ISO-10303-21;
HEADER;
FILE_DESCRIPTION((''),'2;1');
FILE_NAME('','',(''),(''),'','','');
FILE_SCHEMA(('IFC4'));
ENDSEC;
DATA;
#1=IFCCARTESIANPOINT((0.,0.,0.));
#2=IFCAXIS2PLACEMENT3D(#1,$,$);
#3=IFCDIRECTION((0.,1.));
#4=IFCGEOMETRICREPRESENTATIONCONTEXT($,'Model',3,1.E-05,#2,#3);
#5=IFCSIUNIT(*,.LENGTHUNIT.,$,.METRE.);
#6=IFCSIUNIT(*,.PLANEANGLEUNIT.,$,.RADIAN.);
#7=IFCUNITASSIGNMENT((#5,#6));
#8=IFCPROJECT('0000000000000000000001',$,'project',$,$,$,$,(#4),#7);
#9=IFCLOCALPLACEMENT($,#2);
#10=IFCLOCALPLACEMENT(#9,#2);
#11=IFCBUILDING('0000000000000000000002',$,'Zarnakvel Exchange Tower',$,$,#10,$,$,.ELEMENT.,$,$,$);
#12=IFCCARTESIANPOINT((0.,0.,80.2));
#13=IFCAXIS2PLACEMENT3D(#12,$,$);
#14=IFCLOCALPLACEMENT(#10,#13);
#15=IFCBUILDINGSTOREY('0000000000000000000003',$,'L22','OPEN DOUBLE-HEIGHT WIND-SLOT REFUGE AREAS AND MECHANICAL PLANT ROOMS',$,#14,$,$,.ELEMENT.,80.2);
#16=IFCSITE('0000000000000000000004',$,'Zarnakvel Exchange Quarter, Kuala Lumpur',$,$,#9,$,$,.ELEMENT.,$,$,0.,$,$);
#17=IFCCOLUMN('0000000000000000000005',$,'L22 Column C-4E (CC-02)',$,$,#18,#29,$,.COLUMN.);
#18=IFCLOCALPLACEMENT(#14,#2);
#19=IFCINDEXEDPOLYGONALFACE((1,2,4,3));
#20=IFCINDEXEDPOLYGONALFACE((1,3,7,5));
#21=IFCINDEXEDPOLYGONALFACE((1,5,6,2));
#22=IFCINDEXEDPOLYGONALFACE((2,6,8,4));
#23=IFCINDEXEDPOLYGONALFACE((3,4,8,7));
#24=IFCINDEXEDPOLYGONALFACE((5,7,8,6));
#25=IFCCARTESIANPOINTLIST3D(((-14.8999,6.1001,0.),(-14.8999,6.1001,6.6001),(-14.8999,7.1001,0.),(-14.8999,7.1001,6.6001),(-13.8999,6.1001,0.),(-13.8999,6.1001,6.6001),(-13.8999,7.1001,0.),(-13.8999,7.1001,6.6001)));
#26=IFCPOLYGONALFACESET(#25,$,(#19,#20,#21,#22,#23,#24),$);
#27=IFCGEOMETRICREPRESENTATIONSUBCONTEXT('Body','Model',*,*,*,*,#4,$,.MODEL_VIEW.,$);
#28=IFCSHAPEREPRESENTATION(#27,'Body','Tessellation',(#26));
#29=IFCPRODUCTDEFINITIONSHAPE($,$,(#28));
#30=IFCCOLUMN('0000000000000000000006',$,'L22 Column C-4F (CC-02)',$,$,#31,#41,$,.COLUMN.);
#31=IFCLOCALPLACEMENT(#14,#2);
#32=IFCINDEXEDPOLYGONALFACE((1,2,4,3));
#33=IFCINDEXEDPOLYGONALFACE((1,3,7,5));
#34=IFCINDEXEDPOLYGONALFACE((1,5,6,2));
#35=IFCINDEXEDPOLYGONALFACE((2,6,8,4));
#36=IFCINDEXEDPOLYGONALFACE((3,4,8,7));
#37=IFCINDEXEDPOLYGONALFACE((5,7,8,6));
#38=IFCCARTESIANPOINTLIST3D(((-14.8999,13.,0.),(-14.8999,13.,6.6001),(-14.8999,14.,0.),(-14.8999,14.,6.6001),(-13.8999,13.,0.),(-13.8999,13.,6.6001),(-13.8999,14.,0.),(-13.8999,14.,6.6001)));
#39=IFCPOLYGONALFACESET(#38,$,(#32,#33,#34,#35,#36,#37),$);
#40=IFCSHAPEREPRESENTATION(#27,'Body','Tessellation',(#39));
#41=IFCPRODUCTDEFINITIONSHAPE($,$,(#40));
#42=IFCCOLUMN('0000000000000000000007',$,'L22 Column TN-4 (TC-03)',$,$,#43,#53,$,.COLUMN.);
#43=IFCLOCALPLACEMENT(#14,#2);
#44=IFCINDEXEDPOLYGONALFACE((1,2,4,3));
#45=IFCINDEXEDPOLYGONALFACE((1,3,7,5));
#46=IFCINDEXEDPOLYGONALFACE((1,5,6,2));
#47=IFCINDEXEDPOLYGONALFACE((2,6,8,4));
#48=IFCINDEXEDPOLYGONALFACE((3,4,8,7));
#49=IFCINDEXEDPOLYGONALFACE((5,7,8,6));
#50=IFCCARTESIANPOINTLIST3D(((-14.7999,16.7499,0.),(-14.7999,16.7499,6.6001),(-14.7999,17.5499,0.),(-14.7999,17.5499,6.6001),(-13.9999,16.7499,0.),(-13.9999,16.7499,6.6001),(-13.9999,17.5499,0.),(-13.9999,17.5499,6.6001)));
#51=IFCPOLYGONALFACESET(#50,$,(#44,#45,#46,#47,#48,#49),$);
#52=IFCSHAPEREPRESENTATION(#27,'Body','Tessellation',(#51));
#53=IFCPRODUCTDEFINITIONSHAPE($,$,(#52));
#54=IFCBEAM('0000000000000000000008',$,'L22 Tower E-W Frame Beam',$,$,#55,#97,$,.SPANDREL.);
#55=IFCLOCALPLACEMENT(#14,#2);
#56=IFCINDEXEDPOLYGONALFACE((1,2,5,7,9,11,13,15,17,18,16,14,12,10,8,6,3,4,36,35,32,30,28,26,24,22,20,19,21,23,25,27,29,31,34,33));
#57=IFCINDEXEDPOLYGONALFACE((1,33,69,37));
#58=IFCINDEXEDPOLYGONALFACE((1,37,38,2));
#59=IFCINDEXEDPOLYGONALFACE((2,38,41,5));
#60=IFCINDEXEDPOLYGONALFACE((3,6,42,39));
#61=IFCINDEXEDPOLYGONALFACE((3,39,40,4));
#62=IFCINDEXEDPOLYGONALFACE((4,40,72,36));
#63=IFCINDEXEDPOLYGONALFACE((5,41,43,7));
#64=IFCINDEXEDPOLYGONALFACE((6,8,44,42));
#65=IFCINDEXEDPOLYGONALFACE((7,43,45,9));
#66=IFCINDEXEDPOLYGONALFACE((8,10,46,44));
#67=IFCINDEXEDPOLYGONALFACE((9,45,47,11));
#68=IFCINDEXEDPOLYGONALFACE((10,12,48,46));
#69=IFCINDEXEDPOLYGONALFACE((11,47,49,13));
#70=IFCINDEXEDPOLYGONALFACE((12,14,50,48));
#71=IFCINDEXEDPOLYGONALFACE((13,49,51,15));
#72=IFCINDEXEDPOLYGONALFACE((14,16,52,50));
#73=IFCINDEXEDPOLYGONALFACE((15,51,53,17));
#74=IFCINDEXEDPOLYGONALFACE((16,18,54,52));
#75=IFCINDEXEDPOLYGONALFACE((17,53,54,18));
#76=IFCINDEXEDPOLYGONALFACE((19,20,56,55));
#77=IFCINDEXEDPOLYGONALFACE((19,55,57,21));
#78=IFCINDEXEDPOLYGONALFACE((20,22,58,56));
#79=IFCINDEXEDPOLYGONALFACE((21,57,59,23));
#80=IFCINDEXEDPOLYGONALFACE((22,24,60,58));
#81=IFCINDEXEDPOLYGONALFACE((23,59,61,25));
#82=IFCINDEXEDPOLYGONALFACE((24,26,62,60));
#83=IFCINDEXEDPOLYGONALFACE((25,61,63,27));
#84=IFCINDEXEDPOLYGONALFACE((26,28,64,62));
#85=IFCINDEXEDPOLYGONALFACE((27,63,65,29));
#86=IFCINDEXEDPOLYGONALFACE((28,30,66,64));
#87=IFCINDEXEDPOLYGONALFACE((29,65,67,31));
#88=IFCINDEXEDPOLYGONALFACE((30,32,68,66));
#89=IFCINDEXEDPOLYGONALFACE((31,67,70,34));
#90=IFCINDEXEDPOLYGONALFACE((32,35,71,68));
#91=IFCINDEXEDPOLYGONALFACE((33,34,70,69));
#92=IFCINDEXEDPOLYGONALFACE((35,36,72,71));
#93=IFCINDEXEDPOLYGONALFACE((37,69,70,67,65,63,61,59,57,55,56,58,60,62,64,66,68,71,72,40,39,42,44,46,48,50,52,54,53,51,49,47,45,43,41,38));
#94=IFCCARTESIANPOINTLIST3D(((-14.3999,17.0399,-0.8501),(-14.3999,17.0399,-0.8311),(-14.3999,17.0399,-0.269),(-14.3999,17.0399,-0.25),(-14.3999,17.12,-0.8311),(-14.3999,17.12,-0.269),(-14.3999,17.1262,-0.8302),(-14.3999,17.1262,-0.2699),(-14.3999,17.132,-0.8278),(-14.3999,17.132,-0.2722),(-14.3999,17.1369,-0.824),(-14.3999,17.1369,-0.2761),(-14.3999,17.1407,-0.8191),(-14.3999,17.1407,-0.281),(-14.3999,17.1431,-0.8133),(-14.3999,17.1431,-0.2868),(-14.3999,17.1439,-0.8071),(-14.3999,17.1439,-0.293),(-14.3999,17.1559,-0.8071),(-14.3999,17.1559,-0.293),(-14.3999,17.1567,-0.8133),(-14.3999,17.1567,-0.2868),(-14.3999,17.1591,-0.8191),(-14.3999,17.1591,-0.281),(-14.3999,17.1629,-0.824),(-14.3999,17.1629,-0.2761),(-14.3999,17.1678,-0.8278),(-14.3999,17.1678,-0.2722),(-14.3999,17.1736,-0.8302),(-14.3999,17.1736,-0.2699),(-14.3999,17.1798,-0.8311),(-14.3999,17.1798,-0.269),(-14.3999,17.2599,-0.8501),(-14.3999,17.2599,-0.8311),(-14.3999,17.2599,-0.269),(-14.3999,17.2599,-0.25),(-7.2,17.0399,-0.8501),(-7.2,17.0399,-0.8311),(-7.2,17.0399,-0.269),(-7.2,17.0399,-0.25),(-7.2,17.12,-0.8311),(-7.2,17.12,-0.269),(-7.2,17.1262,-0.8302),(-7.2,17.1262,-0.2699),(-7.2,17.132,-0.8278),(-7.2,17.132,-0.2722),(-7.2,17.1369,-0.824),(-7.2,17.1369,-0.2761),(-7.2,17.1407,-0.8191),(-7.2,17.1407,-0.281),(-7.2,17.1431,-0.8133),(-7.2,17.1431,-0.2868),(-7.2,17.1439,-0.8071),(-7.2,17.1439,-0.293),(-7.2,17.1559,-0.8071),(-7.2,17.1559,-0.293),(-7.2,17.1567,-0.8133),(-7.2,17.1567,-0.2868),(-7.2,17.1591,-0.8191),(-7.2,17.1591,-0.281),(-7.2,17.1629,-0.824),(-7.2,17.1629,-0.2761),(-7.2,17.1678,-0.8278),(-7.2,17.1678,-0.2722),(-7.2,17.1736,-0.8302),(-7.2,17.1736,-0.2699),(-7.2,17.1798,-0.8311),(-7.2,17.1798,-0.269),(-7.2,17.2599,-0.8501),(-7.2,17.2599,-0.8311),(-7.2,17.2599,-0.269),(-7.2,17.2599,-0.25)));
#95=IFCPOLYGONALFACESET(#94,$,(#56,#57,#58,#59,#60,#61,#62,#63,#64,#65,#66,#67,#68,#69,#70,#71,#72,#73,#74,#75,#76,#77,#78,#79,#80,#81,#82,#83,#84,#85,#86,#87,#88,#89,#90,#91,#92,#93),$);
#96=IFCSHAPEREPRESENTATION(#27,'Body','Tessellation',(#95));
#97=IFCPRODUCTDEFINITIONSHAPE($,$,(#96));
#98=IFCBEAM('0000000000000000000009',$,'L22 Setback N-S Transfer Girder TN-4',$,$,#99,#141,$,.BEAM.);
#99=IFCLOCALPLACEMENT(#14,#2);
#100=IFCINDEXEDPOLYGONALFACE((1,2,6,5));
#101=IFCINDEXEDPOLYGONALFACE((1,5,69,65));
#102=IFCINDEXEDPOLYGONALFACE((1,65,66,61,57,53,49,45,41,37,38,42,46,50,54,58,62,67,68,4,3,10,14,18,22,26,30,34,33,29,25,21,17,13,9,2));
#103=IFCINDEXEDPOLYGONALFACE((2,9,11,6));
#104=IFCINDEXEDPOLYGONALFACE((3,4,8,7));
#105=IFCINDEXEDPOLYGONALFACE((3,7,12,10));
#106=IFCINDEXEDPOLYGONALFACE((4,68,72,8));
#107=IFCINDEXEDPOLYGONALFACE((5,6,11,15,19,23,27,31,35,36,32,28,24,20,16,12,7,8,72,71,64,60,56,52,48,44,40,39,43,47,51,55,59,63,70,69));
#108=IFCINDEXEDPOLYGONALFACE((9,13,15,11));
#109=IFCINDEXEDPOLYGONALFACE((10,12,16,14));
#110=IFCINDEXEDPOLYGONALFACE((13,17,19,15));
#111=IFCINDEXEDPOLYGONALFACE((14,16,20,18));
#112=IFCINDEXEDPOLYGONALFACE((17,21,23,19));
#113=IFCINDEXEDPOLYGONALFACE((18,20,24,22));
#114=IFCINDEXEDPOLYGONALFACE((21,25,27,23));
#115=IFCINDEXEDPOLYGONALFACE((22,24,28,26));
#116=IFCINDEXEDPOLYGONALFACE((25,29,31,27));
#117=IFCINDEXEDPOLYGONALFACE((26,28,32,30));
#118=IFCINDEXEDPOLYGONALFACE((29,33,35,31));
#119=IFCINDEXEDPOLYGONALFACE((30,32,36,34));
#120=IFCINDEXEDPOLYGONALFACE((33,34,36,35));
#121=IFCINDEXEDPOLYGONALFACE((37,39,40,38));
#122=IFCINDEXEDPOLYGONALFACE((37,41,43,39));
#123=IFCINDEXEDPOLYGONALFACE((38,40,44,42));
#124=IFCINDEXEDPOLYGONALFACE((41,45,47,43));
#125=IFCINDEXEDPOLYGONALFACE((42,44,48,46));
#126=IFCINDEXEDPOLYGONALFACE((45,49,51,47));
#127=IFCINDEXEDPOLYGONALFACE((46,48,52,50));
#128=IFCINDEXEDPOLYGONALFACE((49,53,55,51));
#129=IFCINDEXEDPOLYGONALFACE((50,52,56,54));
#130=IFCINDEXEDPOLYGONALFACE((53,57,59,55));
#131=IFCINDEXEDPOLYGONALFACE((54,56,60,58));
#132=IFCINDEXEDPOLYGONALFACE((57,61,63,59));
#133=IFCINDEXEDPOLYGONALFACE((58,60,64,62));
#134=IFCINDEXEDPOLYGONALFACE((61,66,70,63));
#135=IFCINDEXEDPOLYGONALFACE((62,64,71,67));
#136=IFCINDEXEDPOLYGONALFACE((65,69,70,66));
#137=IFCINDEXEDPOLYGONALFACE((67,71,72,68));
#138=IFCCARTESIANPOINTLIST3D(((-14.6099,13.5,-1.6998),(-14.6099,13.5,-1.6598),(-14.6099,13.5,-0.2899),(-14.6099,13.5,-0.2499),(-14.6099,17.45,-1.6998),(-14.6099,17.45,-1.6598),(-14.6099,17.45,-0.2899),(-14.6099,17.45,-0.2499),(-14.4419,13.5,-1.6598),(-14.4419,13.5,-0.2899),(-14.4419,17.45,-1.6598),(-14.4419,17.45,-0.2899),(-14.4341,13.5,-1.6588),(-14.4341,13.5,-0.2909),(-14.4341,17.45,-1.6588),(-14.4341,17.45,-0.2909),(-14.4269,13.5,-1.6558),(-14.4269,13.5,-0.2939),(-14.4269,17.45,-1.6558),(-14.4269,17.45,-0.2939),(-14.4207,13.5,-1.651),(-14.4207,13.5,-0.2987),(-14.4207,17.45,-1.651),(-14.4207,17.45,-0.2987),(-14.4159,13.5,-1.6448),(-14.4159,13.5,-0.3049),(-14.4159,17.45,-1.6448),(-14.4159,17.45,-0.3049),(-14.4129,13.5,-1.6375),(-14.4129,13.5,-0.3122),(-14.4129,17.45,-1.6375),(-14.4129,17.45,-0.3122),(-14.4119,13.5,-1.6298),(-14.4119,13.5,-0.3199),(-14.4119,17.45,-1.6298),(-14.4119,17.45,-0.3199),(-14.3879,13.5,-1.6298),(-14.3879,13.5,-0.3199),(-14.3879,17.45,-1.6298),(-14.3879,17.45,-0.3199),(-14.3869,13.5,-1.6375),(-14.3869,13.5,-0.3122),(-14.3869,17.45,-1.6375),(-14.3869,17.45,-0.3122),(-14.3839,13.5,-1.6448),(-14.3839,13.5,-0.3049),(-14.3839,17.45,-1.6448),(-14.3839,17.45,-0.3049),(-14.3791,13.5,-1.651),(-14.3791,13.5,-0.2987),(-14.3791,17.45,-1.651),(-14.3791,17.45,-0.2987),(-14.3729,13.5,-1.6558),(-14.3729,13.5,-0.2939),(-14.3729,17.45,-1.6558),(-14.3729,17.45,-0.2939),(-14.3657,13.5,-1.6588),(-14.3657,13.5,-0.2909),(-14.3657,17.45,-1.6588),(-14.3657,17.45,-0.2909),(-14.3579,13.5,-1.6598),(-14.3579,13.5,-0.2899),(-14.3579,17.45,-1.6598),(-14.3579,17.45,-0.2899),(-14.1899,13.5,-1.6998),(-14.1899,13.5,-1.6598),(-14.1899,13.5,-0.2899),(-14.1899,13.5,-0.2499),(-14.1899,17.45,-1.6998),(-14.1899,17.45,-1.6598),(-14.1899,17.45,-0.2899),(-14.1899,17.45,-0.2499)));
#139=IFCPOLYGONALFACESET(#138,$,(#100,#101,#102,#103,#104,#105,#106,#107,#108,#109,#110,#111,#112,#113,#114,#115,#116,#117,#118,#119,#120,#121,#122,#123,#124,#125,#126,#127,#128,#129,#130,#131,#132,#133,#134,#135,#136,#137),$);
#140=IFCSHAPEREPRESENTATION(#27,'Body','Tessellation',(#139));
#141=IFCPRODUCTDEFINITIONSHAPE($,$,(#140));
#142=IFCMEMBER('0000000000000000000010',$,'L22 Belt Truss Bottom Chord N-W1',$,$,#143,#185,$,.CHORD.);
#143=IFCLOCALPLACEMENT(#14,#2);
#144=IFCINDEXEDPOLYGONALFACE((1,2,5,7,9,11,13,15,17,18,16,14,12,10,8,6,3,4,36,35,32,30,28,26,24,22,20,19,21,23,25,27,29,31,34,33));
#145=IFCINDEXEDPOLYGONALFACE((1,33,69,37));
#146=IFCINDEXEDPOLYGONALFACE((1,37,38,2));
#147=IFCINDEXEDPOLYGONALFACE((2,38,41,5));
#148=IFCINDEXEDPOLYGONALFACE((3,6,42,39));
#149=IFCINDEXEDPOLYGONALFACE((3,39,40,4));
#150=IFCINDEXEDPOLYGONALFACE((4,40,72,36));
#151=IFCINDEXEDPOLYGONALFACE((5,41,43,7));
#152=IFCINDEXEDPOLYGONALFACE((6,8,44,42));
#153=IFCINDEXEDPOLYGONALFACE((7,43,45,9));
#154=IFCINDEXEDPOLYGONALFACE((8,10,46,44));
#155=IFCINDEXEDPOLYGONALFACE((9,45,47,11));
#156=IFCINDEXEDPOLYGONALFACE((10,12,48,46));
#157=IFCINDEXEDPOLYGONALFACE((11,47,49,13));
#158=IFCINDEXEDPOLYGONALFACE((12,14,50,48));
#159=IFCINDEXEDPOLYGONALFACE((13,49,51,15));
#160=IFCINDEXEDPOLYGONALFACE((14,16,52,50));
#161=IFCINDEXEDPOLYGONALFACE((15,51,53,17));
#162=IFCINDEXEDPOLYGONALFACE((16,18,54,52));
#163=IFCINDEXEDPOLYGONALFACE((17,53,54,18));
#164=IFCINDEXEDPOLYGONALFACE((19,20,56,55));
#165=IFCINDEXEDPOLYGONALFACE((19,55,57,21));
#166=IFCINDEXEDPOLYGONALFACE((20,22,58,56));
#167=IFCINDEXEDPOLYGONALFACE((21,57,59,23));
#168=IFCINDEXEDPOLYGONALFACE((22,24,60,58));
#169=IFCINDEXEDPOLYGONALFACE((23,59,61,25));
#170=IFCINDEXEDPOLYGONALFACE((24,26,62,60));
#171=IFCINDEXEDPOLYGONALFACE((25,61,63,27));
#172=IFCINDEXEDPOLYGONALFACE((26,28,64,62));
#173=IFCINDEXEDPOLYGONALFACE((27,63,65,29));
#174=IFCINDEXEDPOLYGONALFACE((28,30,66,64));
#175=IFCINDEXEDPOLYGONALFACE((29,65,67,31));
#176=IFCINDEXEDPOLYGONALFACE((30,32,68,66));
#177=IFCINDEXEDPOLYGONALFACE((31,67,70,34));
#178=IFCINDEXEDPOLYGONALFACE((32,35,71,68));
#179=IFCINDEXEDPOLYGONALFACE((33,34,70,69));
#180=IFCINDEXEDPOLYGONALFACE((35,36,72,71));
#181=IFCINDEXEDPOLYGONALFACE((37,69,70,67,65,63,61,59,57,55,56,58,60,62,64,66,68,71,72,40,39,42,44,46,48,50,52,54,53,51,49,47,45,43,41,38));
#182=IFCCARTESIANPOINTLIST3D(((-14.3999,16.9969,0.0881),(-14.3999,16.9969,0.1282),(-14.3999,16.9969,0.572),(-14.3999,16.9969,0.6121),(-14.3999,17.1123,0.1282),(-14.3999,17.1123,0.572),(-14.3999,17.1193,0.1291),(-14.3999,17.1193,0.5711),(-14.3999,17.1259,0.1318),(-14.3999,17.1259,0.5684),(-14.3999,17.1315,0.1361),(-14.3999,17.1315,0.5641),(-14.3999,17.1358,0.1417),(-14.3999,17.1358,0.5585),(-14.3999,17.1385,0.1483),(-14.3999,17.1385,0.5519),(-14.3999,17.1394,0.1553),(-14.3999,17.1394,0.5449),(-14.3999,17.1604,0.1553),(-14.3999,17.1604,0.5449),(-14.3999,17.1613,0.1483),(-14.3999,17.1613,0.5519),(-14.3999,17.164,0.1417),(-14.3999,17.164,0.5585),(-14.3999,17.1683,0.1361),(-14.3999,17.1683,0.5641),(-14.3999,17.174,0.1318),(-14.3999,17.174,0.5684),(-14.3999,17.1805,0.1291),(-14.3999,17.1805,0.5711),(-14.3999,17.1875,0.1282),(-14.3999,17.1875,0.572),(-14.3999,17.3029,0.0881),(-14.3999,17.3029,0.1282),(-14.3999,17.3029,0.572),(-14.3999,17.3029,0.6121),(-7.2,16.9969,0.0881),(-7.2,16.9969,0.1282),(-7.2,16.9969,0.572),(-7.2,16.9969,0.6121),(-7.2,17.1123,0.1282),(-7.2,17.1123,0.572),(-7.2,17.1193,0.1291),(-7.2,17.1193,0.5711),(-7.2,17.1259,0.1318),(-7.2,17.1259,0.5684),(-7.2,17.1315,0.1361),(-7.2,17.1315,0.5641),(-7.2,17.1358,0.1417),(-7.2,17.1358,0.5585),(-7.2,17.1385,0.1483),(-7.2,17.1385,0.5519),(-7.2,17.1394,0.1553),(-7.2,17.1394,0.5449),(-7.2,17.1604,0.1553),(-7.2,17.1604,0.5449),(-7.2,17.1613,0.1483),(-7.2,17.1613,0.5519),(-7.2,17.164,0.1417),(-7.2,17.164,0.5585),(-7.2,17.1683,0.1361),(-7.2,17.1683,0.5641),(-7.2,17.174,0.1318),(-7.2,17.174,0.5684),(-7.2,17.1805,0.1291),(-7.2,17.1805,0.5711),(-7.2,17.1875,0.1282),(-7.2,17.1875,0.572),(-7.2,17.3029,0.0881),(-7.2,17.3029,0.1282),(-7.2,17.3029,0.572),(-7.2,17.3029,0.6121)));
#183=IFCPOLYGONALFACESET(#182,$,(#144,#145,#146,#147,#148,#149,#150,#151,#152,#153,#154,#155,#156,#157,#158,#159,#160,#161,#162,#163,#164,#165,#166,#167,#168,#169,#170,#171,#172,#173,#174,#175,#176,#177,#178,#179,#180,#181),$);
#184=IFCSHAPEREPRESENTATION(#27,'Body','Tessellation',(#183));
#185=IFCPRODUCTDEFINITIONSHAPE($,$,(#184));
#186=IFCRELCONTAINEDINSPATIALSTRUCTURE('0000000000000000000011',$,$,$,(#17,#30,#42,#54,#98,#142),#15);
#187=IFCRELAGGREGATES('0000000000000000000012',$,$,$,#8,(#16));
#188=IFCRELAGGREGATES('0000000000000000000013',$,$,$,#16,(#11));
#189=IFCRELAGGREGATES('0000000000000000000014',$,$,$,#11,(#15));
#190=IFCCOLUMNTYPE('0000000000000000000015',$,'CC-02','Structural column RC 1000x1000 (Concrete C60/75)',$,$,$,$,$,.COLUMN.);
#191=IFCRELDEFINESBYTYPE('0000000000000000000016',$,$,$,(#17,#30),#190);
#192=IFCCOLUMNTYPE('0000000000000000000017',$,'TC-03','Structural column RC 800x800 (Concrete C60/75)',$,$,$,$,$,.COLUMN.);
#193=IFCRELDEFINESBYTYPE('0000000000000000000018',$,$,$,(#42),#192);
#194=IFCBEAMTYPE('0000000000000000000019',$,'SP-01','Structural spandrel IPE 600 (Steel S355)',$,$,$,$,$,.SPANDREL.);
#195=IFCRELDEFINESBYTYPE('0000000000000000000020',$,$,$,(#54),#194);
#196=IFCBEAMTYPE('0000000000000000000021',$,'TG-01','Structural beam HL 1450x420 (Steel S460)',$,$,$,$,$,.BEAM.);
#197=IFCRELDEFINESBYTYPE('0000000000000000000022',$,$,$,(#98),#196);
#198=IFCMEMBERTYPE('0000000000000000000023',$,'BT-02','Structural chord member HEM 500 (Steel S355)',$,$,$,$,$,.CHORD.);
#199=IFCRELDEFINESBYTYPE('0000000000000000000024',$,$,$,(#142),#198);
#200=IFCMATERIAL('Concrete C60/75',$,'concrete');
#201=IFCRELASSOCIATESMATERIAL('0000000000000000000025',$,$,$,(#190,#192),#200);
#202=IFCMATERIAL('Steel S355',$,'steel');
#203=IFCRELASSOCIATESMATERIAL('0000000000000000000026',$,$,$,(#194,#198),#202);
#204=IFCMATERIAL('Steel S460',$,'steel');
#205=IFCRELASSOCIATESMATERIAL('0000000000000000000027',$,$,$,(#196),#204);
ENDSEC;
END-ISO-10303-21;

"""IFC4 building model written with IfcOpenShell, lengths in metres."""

from ifc_helpers import new_model, si_unit, direction, frame, origin, origin_2d, place, context, subcontext, project, spatial, rectangle, i_section, extrude, source, transform, mapped, material, material_profile, profile_set, type_object, element, save


model = new_model("IFC4")

# Units and contexts
model_context = context("Model", 3, precision=1e-05, world=origin(), true_north=direction((0.0, 1.0)))
body_context = subcontext(model_context, "Body", "Model", "MODEL_VIEW")
ifc_project = project(units=[si_unit("LENGTHUNIT", "METRE"), si_unit("PLANEANGLEUNIT", "RADIAN")], contexts=[model_context])

# Site, building, storey
site_placement = place(None, origin())
site = spatial("IfcSite", under=ifc_project, at=site_placement, Name="Zarnakvel Exchange Quarter, Kuala Lumpur", CompositionType="ELEMENT", RefElevation=0.0)
building_placement = place(site_placement, origin())
building = spatial("IfcBuilding", under=site, at=building_placement, Name="Zarnakvel Exchange Tower", CompositionType="ELEMENT")
storey_placement = place(building_placement, frame((0.0, 0.0, 80.2)))
storey = spatial("IfcBuildingStorey", under=building, at=storey_placement, Name="L22", Description="OPEN DOUBLE-HEIGHT WIND-SLOT REFUGE AREAS AND MECHANICAL PLANT ROOMS", CompositionType="ELEMENT", Elevation=80.2)

# Columns
ifc_material_1 = material(Name="Concrete C60/75", Category="concrete")
ifc_material_profile_1 = material_profile(ifc_material_1, rectangle(XDim=1.0, YDim=1.0, at=origin_2d()))
ifc_profile_set_1 = profile_set([ifc_material_profile_1], Name="Concrete C60/75")
column_type_1 = type_object("IfcColumnType", Name="CC-02", Description="Structural column RC 1000x1000 (Concrete C60/75)", PredefinedType="COLUMN", material=ifc_profile_set_1)
for number, where, z_axis, x_axis, name in (
    (1, (-14.3999, 6.6001, 0.0), (0.0, 0.0, 1.0), (1.0, 0.0, 0.0), "L22 Column C-4E (CC-02)"),
    (2, (-14.3999, 13.5, 0.0), (0.0, 0.0, 1.0), (1.0, 0.0, 0.0), "L22 Column C-4F (CC-02)"),
):
    element("IfcColumn", number, at=place(storey_placement, frame(where, z_axis=z_axis, x_axis=x_axis)), inside=storey, type_object=column_type_1, Name=name, PredefinedType="COLUMN", context=body_context, shape_type="SweptSolid", body=[
        extrude(rectangle(XDim=1.0, YDim=1.0, at=origin_2d()), origin(), (0.0, 0.0, 1.0), 6.6001),
    ])
ifc_material_profile_2 = material_profile(ifc_material_1, rectangle(XDim=0.8, YDim=0.8, at=origin_2d()))
ifc_profile_set_2 = profile_set([ifc_material_profile_2], Name="Concrete C60/75")
column_type_2 = type_object("IfcColumnType", Name="TC-03", Description="Structural column RC 800x800 (Concrete C60/75)", PredefinedType="COLUMN", material=ifc_profile_set_2)
column_placement = place(storey_placement, frame((-14.3999, 17.1499, 0.0), z_axis=(0.0, 0.0, 1.0), x_axis=(1.0, 0.0, 0.0)))
element("IfcColumn", 3, at=column_placement, inside=storey, type_object=column_type_2, Name="L22 Column TN-4 (TC-03)", PredefinedType="COLUMN", context=body_context, shape_type="SweptSolid", body=[
    extrude(rectangle(XDim=0.8, YDim=0.8, at=origin_2d()), origin(), (0.0, 0.0, 1.0), 6.6001),
])

# Beams
ifc_material_2 = material(Name="Steel S355", Category="steel")
ifc_material_profile_3 = material_profile(ifc_material_2, i_section(OverallWidth=0.22, OverallDepth=0.6001, WebThickness=0.012, FlangeThickness=0.019, FilletRadius=0.0239, at=origin_2d()))
ifc_profile_set_3 = profile_set([ifc_material_profile_3], Name="Steel S355")
beam_type_1 = type_object("IfcBeamType", Name="SP-01", Description="Structural spandrel IPE 600 (Steel S355)", PredefinedType="SPANDREL", material=ifc_profile_set_3)
beam_1_placement = place(storey_placement, frame((-14.3999, 17.1499, -0.55), z_axis=(1.0, 0.0, 0.0), x_axis=(0.0, 1.0, 0.0)))
element("IfcBeam", 4, at=beam_1_placement, inside=storey, type_object=beam_type_1, Name="L22 Tower E-W Frame Beam", PredefinedType="SPANDREL", context=body_context, shape_type="SweptSolid", body=[
    extrude(i_section(OverallWidth=0.22, OverallDepth=0.6001, WebThickness=0.012, FlangeThickness=0.019, FilletRadius=0.0239, at=origin_2d()), origin(), (0.0, 0.0, 1.0), 7.2),
])
ifc_material_3 = material(Name="Steel S460", Category="steel")
ifc_material_profile_4 = material_profile(ifc_material_3, i_section(OverallWidth=0.4199, OverallDepth=1.45, WebThickness=0.0239, FlangeThickness=0.04, FilletRadius=0.03, at=origin_2d()))
ifc_profile_set_4 = profile_set([ifc_material_profile_4], Name="Steel S460")
beam_type_2 = type_object("IfcBeamType", Name="TG-01", Description="Structural beam HL 1450x420 (Steel S460)", PredefinedType="BEAM", material=ifc_profile_set_4)
beam_2_placement = place(storey_placement, frame((-14.3999, 13.5, -0.9749), z_axis=(0.0, 1.0, 0.0), x_axis=(-1.0, 0.0, 0.0)))
element("IfcBeam", 5, at=beam_2_placement, inside=storey, type_object=beam_type_2, Name="L22 Setback N-S Transfer Girder TN-4", PredefinedType="BEAM", context=body_context, shape_type="SweptSolid", body=[
    extrude(i_section(OverallWidth=0.4199, OverallDepth=1.45, WebThickness=0.0239, FlangeThickness=0.04, FilletRadius=0.03, at=origin_2d()), origin(), (0.0, 0.0, 1.0), 3.95),
])

# Member
ifc_material_profile_5 = material_profile(ifc_material_2, i_section(OverallWidth=0.3059, OverallDepth=0.5239, WebThickness=0.021, FlangeThickness=0.04, FilletRadius=0.0271, at=origin_2d()))
ifc_profile_set_5 = profile_set([ifc_material_profile_5], Name="Steel S355")
member_type_1 = type_object("IfcMemberType", Name="BT-02", Description="Structural chord member HEM 500 (Steel S355)", PredefinedType="CHORD", material=ifc_profile_set_5)
shared_shape_1 = source(origin(), body_context, "Body", "SweptSolid", [
    extrude(i_section(OverallWidth=0.3059, OverallDepth=0.5239, WebThickness=0.021, FlangeThickness=0.04, FilletRadius=0.0271, at=origin_2d()), origin(), (0.0, 0.0, 1.0), 7.2),
])
for number, where, z_axis, x_axis, name in (
    (6, (-14.3999, 17.1499, 0.3501), (1.0, 0.0, 0.0), (0.0, 1.0, 0.0), "L22 Belt Truss Bottom Chord N-W1"),
):
    element("IfcMember", number, at=place(storey_placement, frame(where, z_axis=z_axis, x_axis=x_axis)), inside=storey, type_object=member_type_1, Name=name, PredefinedType="CHORD", context=body_context, shape_type="MappedRepresentation", body=[
        mapped(shared_shape_1, transform((0.0, 0.0, 0.0), x_axis=(1.0, 0.0, 0.0), y_axis=(0.0, 1.0, 0.0), z_axis=(0.0, 0.0, 1.0), scale=1.0)),
    ])

save(model, "model.ifc")
